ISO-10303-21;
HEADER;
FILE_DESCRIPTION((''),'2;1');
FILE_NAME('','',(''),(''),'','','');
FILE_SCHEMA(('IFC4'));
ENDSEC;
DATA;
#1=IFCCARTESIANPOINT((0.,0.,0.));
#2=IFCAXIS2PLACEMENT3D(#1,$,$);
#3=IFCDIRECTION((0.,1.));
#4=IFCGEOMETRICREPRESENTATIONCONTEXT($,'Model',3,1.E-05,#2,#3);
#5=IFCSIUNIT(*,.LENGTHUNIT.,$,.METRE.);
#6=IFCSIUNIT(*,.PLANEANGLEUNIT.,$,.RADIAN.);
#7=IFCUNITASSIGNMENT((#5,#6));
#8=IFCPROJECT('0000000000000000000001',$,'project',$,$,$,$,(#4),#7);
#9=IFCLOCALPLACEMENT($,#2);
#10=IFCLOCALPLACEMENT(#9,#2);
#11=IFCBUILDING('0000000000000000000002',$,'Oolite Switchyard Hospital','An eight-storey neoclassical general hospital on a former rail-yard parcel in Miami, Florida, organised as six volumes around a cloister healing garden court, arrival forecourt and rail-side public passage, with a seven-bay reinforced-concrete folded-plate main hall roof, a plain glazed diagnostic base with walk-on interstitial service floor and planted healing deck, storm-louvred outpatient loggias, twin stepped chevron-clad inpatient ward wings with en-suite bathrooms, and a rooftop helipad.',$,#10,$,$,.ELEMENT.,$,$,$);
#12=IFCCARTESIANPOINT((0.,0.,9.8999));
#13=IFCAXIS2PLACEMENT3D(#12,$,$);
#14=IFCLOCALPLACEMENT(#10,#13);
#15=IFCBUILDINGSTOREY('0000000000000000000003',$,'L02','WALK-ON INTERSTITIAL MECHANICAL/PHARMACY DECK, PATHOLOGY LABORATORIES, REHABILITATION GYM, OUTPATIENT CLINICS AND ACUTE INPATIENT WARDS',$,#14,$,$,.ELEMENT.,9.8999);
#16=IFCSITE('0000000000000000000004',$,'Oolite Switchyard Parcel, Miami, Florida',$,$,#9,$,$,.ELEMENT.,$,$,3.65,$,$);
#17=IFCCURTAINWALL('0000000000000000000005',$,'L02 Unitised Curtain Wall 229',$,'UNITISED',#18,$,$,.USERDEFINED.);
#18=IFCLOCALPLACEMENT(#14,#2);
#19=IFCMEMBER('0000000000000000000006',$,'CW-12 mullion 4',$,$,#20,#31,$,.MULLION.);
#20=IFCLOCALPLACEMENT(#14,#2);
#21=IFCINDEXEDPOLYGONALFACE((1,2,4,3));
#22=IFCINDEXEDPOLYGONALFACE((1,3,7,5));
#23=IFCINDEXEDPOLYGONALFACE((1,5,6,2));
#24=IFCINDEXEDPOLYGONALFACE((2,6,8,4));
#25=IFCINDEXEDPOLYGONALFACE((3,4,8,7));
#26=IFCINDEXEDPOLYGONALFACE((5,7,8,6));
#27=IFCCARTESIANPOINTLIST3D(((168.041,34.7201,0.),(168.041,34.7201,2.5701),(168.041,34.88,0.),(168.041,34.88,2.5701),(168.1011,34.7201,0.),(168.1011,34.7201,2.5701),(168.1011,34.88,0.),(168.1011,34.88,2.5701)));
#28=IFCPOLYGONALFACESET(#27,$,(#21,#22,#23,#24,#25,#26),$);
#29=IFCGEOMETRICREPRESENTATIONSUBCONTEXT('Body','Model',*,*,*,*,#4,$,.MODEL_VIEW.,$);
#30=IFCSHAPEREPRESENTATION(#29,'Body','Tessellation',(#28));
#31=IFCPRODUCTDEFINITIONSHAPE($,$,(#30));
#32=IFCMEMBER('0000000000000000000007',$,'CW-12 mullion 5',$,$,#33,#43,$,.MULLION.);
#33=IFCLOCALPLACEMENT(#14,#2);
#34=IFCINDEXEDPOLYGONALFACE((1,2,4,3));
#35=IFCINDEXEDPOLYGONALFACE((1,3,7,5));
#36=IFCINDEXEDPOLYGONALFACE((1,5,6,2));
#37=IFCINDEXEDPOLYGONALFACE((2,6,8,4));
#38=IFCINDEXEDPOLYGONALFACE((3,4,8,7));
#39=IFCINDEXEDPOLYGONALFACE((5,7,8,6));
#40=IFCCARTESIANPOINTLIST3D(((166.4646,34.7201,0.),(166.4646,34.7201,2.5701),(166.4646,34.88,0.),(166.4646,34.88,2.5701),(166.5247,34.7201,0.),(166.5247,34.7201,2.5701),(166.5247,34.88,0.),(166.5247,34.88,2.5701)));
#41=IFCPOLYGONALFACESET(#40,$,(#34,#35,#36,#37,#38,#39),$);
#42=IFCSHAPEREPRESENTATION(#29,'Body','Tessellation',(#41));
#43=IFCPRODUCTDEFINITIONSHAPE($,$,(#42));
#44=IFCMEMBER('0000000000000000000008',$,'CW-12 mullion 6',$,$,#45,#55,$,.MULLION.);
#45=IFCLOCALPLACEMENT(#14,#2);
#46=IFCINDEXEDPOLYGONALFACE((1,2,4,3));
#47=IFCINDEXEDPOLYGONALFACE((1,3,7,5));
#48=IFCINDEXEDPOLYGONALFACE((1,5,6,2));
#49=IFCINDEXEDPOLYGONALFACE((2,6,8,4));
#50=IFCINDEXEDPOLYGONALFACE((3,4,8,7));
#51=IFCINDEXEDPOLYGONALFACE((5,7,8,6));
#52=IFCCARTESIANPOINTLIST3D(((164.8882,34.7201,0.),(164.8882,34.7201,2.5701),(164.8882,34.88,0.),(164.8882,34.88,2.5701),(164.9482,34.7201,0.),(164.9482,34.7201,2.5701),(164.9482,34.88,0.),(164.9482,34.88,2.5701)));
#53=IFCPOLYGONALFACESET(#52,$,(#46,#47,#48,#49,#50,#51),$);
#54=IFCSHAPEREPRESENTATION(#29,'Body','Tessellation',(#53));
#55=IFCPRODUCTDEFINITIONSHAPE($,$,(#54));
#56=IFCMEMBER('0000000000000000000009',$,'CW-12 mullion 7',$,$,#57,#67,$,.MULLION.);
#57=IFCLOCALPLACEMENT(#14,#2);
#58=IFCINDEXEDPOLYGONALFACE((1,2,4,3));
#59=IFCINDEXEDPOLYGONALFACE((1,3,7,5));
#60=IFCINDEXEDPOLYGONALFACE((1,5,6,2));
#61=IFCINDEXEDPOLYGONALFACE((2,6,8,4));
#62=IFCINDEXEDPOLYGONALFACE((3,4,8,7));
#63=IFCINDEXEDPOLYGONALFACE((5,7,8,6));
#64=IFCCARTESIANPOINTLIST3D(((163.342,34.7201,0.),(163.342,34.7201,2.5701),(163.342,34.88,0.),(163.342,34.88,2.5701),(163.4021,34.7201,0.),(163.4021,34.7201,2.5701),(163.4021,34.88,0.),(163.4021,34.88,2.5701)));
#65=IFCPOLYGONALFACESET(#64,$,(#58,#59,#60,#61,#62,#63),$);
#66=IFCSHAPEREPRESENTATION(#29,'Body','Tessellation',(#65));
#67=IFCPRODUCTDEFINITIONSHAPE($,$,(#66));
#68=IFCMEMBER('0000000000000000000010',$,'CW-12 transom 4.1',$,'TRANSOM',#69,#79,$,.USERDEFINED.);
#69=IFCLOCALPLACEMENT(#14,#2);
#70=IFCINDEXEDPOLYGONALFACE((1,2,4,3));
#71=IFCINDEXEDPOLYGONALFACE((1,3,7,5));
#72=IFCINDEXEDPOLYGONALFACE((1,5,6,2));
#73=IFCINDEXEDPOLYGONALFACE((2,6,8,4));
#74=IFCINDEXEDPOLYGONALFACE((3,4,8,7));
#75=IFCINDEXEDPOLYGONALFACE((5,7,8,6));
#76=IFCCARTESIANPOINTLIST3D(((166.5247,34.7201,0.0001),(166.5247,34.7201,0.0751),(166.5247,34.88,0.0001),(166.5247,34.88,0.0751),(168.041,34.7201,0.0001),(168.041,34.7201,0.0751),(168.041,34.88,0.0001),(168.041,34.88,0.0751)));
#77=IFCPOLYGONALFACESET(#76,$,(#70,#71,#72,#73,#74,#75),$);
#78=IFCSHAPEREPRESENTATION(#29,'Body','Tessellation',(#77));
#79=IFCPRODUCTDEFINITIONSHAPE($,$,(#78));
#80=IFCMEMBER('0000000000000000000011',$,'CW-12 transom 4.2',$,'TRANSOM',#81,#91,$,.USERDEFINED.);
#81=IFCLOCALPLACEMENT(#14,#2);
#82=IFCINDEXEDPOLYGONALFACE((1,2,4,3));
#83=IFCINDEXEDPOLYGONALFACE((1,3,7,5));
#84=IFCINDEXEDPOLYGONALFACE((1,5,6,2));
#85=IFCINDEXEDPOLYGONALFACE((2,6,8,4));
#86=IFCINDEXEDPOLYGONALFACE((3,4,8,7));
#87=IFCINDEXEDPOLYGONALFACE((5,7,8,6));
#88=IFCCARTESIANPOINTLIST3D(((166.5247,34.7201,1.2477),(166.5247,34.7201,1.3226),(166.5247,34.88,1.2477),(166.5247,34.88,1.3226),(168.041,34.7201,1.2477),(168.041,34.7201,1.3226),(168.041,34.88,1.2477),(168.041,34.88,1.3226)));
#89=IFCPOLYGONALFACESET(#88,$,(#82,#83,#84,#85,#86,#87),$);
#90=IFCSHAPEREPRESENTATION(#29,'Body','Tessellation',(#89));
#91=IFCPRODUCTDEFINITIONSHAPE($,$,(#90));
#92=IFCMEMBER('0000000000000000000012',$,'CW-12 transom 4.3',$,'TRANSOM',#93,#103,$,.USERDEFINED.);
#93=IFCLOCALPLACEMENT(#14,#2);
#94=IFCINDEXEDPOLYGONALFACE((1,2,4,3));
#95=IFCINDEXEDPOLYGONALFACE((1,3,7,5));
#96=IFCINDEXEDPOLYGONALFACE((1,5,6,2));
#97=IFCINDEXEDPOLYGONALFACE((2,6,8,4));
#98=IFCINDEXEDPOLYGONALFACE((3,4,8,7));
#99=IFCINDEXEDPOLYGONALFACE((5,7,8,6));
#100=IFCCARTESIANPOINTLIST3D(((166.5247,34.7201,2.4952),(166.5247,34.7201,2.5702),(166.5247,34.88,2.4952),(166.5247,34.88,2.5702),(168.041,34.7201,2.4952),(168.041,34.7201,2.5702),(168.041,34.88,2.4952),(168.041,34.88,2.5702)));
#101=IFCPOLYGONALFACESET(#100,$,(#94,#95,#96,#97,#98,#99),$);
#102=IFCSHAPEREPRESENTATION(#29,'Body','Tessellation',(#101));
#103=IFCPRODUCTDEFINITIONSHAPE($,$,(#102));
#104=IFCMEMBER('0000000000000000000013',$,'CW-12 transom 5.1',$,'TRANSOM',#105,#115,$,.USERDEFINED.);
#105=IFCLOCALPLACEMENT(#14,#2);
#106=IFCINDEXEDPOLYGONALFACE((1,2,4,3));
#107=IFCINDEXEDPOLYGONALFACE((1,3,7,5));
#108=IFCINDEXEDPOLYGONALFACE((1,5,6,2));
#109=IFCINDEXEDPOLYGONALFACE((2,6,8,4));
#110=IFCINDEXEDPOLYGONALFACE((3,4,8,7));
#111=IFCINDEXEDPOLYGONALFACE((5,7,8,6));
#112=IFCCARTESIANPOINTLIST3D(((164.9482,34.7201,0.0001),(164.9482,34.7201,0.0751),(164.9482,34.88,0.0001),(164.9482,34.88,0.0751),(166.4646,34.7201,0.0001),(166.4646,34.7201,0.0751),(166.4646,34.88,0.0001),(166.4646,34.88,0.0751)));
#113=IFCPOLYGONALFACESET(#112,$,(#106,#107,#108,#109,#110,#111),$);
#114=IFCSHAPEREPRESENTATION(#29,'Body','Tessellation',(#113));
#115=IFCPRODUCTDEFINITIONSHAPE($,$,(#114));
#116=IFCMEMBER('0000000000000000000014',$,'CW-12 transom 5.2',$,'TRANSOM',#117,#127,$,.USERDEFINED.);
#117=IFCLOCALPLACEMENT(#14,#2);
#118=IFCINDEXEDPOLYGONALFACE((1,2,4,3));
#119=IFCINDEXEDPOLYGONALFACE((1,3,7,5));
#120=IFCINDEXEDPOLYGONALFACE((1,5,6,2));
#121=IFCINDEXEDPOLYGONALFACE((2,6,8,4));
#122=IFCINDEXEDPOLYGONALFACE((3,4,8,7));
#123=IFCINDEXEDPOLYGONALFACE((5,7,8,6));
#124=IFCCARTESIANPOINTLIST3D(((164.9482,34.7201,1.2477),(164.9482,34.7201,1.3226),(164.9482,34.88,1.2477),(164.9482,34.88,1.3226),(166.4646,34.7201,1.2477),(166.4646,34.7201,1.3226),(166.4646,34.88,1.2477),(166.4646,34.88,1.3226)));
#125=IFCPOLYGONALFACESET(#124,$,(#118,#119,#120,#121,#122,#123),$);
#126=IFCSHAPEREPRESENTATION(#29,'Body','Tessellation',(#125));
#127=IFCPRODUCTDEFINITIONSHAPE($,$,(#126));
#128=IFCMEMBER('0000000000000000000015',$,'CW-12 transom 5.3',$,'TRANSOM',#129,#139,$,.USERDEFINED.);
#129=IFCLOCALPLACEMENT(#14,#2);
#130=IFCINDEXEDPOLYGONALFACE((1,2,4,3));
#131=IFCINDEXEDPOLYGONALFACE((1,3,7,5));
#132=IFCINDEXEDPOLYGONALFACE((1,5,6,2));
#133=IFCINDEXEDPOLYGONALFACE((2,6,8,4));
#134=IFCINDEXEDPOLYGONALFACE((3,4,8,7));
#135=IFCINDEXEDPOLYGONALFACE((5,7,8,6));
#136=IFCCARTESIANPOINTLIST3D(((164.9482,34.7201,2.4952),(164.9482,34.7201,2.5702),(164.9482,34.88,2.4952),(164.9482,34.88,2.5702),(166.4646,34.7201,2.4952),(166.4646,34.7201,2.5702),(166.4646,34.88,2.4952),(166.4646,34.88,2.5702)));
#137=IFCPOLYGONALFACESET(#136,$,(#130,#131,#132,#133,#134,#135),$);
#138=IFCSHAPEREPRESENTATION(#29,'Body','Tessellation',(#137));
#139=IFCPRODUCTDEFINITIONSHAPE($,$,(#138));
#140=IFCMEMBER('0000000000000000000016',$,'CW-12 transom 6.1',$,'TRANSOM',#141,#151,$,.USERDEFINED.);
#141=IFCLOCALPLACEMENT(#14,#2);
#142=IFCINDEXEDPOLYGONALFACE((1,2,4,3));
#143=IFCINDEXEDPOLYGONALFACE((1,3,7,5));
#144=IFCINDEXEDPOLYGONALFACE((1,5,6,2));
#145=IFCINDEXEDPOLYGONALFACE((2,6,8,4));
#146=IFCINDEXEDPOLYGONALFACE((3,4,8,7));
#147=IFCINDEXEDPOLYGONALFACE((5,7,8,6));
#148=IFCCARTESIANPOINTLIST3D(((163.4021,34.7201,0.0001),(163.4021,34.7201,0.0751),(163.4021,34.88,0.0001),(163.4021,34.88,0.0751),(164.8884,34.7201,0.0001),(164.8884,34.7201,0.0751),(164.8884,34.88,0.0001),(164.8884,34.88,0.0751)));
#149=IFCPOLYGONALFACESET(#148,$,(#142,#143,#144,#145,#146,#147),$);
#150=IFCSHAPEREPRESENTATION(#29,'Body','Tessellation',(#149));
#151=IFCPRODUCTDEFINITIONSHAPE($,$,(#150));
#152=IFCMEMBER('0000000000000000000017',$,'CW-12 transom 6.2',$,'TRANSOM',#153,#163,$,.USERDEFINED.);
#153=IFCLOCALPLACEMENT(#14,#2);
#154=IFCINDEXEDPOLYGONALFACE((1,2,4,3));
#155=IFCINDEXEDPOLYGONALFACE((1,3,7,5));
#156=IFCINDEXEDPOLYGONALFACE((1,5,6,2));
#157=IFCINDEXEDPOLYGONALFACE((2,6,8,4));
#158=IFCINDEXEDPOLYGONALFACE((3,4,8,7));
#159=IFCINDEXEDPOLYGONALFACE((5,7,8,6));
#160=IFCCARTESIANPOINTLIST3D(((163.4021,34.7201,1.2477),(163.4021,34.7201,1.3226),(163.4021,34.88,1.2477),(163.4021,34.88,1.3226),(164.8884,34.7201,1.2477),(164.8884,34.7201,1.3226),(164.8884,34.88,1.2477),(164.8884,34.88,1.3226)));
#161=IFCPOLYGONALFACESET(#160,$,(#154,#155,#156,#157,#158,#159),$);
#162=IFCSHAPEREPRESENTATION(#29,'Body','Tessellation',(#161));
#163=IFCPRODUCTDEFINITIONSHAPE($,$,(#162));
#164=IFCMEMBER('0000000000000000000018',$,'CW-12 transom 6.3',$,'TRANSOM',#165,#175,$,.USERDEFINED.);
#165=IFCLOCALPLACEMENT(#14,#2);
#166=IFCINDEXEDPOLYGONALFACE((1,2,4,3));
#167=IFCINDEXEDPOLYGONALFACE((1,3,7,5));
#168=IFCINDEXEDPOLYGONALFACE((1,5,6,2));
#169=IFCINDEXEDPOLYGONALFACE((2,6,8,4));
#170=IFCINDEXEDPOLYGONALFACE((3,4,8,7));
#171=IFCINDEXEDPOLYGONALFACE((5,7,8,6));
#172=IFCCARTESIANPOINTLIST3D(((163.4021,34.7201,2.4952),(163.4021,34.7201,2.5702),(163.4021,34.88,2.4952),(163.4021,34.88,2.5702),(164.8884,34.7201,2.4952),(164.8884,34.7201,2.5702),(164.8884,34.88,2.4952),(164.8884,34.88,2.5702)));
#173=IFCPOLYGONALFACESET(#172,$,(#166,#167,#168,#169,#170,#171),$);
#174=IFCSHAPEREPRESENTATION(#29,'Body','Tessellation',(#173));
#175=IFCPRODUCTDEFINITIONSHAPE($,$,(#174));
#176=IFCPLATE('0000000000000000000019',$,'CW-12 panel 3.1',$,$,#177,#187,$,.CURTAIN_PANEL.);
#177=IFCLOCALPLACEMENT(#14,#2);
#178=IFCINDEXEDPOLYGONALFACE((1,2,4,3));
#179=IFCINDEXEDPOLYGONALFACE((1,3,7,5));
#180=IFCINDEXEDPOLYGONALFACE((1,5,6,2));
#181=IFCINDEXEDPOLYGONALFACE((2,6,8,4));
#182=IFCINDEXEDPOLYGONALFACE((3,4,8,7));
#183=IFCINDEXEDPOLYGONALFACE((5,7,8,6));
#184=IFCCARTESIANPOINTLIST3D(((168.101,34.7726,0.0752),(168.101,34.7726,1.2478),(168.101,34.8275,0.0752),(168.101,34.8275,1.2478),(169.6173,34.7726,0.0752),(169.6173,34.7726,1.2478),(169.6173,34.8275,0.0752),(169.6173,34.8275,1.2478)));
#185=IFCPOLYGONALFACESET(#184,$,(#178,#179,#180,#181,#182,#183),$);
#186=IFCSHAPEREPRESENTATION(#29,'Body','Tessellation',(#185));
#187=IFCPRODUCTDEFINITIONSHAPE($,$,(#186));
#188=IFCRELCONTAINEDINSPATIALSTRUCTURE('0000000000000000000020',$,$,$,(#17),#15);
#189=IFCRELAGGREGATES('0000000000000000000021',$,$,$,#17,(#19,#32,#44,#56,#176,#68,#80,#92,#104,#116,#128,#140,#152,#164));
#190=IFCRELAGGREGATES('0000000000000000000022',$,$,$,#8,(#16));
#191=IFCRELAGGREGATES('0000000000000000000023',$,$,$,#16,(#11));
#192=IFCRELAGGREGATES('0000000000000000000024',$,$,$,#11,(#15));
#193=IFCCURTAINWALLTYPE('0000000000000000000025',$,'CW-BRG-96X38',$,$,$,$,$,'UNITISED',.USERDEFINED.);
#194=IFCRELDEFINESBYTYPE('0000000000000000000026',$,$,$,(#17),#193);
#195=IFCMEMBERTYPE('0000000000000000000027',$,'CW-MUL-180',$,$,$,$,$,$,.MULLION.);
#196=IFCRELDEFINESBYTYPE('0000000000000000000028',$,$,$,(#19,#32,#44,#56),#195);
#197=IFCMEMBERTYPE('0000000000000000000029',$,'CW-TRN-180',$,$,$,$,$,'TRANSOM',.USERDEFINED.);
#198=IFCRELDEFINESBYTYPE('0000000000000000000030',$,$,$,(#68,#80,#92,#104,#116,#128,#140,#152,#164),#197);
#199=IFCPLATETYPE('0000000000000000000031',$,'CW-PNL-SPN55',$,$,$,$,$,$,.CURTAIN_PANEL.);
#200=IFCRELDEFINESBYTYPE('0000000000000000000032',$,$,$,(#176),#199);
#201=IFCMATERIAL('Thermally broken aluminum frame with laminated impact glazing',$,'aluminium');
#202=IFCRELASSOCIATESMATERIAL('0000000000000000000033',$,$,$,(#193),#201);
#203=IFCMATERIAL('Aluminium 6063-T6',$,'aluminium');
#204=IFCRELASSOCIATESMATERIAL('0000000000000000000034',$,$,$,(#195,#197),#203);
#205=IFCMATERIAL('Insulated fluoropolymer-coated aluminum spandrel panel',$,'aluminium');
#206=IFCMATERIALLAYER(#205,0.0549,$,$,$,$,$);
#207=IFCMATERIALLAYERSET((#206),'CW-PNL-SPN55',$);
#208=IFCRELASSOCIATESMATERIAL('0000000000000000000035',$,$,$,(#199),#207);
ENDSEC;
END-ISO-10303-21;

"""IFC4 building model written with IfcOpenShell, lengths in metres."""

from ifc_helpers import new_model, si_unit, direction, frame, origin, origin_2d, place, context, subcontext, project, spatial, rectangle, extrude, material, layer, layer_set, material_profile, profile_set, type_object, element, aggregate, save


model = new_model("IFC4")

# Units and contexts
model_context = context("Model", 3, precision=1e-05, world=origin(), true_north=direction((0.0, 1.0)))
body_context = subcontext(model_context, "Body", "Model", "MODEL_VIEW")
ifc_project = project(units=[si_unit("LENGTHUNIT", "METRE"), si_unit("PLANEANGLEUNIT", "RADIAN")], contexts=[model_context])

# Site, building, storey
site_placement = place(None, origin())
site = spatial("IfcSite", under=ifc_project, at=site_placement, Name="Oolite Switchyard Parcel, Miami, Florida", CompositionType="ELEMENT", RefElevation=3.65)
building_placement = place(site_placement, origin())
building = spatial("IfcBuilding", under=site, at=building_placement, Name="Oolite Switchyard Hospital", Description="An eight-storey neoclassical general hospital on a former rail-yard parcel in Miami, Florida, organised as six volumes around a cloister healing garden court, arrival forecourt and rail-side public passage, with a seven-bay reinforced-concrete folded-plate main hall roof, a plain glazed diagnostic base with walk-on interstitial service floor and planted healing deck, storm-louvred outpatient loggias, twin stepped chevron-clad inpatient ward wings with en-suite bathrooms, and a rooftop helipad.", CompositionType="ELEMENT")
storey_placement = place(building_placement, frame((0.0, 0.0, 9.8999)))
storey = spatial("IfcBuildingStorey", under=building, at=storey_placement, Name="L02", Description="WALK-ON INTERSTITIAL MECHANICAL/PHARMACY DECK, PATHOLOGY LABORATORIES, REHABILITATION GYM, OUTPATIENT CLINICS AND ACUTE INPATIENT WARDS", CompositionType="ELEMENT", Elevation=9.8999)

# Curtain wall, members, plate
ifc_material_1 = material(Name="Thermally broken aluminum frame with laminated impact glazing", Category="aluminium")
curtain_wall_type = type_object("IfcCurtainWallType", Name="CW-BRG-96X38", ElementType="UNITISED", PredefinedType="USERDEFINED", material=ifc_material_1)
curtain_wall_placement = place(storey_placement, origin())
curtain_wall = element("IfcCurtainWall", 1, at=curtain_wall_placement, inside=storey, type_object=curtain_wall_type, Name="L02 Unitised Curtain Wall 229", ObjectType="UNITISED", PredefinedType="USERDEFINED")
ifc_material_2 = material(Name="Aluminium 6063-T6", Category="aluminium")
ifc_material_profile_1 = material_profile(ifc_material_2, rectangle(XDim=0.1599, YDim=0.0601, at=origin_2d()), Name="CWM60X160")
ifc_profile_set_1 = profile_set([ifc_material_profile_1], Name="Aluminium 6063-T6")
member_type_1 = type_object("IfcMemberType", Name="CW-MUL-180", PredefinedType="MULLION", material=ifc_profile_set_1)
member_1_placement = place(storey_placement, frame((168.071, 34.8, 0.0), z_axis=(0.0, 0.0, 1.0), x_axis=(0.0, -1.0, 0.0)))
member_1 = element("IfcMember", 2, at=member_1_placement, type_object=member_type_1, Name="CW-12 mullion 4", PredefinedType="MULLION", context=body_context, shape_type="SweptSolid", body=[
    extrude(rectangle(XDim=0.1599, YDim=0.0601, at=origin_2d()), origin(), (0.0, 0.0, 1.0), 2.5701),
])
member_2_placement = place(storey_placement, frame((166.4946, 34.8, 0.0), z_axis=(0.0, 0.0, 1.0), x_axis=(0.0, -1.0, 0.0)))
member_2 = element("IfcMember", 3, at=member_2_placement, type_object=member_type_1, Name="CW-12 mullion 5", PredefinedType="MULLION", context=body_context, shape_type="SweptSolid", body=[
    extrude(rectangle(XDim=0.1599, YDim=0.0601, at=origin_2d()), origin(), (0.0, 0.0, 1.0), 2.5701),
])
member_3_placement = place(storey_placement, frame((164.9182, 34.8, 0.0), z_axis=(0.0, 0.0, 1.0), x_axis=(0.0, -1.0, 0.0)))
member_3 = element("IfcMember", 4, at=member_3_placement, type_object=member_type_1, Name="CW-12 mullion 6", PredefinedType="MULLION", context=body_context, shape_type="SweptSolid", body=[
    extrude(rectangle(XDim=0.1599, YDim=0.0601, at=origin_2d()), origin(), (0.0, 0.0, 1.0), 2.5701),
])
member_4_placement = place(storey_placement, frame((163.3721, 34.8, 0.0), z_axis=(0.0, 0.0, 1.0), x_axis=(0.0, -1.0, 0.0)))
member_4 = element("IfcMember", 5, at=member_4_placement, type_object=member_type_1, Name="CW-12 mullion 7", PredefinedType="MULLION", context=body_context, shape_type="SweptSolid", body=[
    extrude(rectangle(XDim=0.1599, YDim=0.0601, at=origin_2d()), origin(), (0.0, 0.0, 1.0), 2.5701),
])
ifc_material_profile_2 = material_profile(ifc_material_2, rectangle(XDim=0.1599, YDim=0.075, at=origin_2d()), Name="CWT75X160")
ifc_profile_set_2 = profile_set([ifc_material_profile_2], Name="Aluminium 6063-T6")
member_type_2 = type_object("IfcMemberType", Name="CW-TRN-180", ElementType="TRANSOM", PredefinedType="USERDEFINED", material=ifc_profile_set_2)
member_5_placement = place(storey_placement, frame((168.041, 34.8, 0.0376), z_axis=(-1.0, 0.0, 0.0), x_axis=(0.0, -1.0, 0.0)))
member_5 = element("IfcMember", 6, at=member_5_placement, type_object=member_type_2, Name="CW-12 transom 4.1", ObjectType="TRANSOM", PredefinedType="USERDEFINED", context=body_context, shape_type="SweptSolid", body=[
    extrude(rectangle(XDim=0.1599, YDim=0.075, at=origin_2d()), origin(), (0.0, 0.0, 1.0), 1.5164),
])
member_6_placement = place(storey_placement, frame((168.041, 34.8, 1.2852), z_axis=(-1.0, 0.0, 0.0), x_axis=(0.0, -1.0, 0.0)))
member_6 = element("IfcMember", 7, at=member_6_placement, type_object=member_type_2, Name="CW-12 transom 4.2", ObjectType="TRANSOM", PredefinedType="USERDEFINED", context=body_context, shape_type="SweptSolid", body=[
    extrude(rectangle(XDim=0.1599, YDim=0.075, at=origin_2d()), origin(), (0.0, 0.0, 1.0), 1.5164),
])
member_7_placement = place(storey_placement, frame((168.041, 34.8, 2.5327), z_axis=(-1.0, 0.0, 0.0), x_axis=(0.0, -1.0, 0.0)))
member_7 = element("IfcMember", 8, at=member_7_placement, type_object=member_type_2, Name="CW-12 transom 4.3", ObjectType="TRANSOM", PredefinedType="USERDEFINED", context=body_context, shape_type="SweptSolid", body=[
    extrude(rectangle(XDim=0.1599, YDim=0.075, at=origin_2d()), origin(), (0.0, 0.0, 1.0), 1.5164),
])
member_8_placement = place(storey_placement, frame((166.4646, 34.8, 0.0376), z_axis=(-1.0, 0.0, 0.0), x_axis=(0.0, -1.0, 0.0)))
member_8 = element("IfcMember", 9, at=member_8_placement, type_object=member_type_2, Name="CW-12 transom 5.1", ObjectType="TRANSOM", PredefinedType="USERDEFINED", context=body_context, shape_type="SweptSolid", body=[
    extrude(rectangle(XDim=0.1599, YDim=0.075, at=origin_2d()), origin(), (0.0, 0.0, 1.0), 1.5164),
])
member_9_placement = place(storey_placement, frame((166.4646, 34.8, 1.2852), z_axis=(-1.0, 0.0, 0.0), x_axis=(0.0, -1.0, 0.0)))
member_9 = element("IfcMember", 10, at=member_9_placement, type_object=member_type_2, Name="CW-12 transom 5.2", ObjectType="TRANSOM", PredefinedType="USERDEFINED", context=body_context, shape_type="SweptSolid", body=[
    extrude(rectangle(XDim=0.1599, YDim=0.075, at=origin_2d()), origin(), (0.0, 0.0, 1.0), 1.5164),
])
member_10_placement = place(storey_placement, frame((166.4646, 34.8, 2.5327), z_axis=(-1.0, 0.0, 0.0), x_axis=(0.0, -1.0, 0.0)))
member_10 = element("IfcMember", 11, at=member_10_placement, type_object=member_type_2, Name="CW-12 transom 5.3", ObjectType="TRANSOM", PredefinedType="USERDEFINED", context=body_context, shape_type="SweptSolid", body=[
    extrude(rectangle(XDim=0.1599, YDim=0.075, at=origin_2d()), origin(), (0.0, 0.0, 1.0), 1.5164),
])
member_11_placement = place(storey_placement, frame((164.8884, 34.8, 0.0376), z_axis=(-1.0, 0.0, 0.0), x_axis=(0.0, -1.0, 0.0)))
member_11 = element("IfcMember", 12, at=member_11_placement, type_object=member_type_2, Name="CW-12 transom 6.1", ObjectType="TRANSOM", PredefinedType="USERDEFINED", context=body_context, shape_type="SweptSolid", body=[
    extrude(rectangle(XDim=0.1599, YDim=0.075, at=origin_2d()), origin(), (0.0, 0.0, 1.0), 1.4863),
])
member_12_placement = place(storey_placement, frame((164.8884, 34.8, 1.2852), z_axis=(-1.0, 0.0, 0.0), x_axis=(0.0, -1.0, 0.0)))
member_12 = element("IfcMember", 13, at=member_12_placement, type_object=member_type_2, Name="CW-12 transom 6.2", ObjectType="TRANSOM", PredefinedType="USERDEFINED", context=body_context, shape_type="SweptSolid", body=[
    extrude(rectangle(XDim=0.1599, YDim=0.075, at=origin_2d()), origin(), (0.0, 0.0, 1.0), 1.4863),
])
member_13_placement = place(storey_placement, frame((164.8884, 34.8, 2.5327), z_axis=(-1.0, 0.0, 0.0), x_axis=(0.0, -1.0, 0.0)))
member_13 = element("IfcMember", 14, at=member_13_placement, type_object=member_type_2, Name="CW-12 transom 6.3", ObjectType="TRANSOM", PredefinedType="USERDEFINED", context=body_context, shape_type="SweptSolid", body=[
    extrude(rectangle(XDim=0.1599, YDim=0.075, at=origin_2d()), origin(), (0.0, 0.0, 1.0), 1.4863),
])
ifc_material_3 = material(Name="Insulated fluoropolymer-coated aluminum spandrel panel", Category="aluminium")
ifc_layer = layer(ifc_material_3, 0.0549)
ifc_layer_set = layer_set([ifc_layer], Name="CW-PNL-SPN55")
plate_type = type_object("IfcPlateType", Name="CW-PNL-SPN55", PredefinedType="CURTAIN_PANEL", material=ifc_layer_set)
plate_1_placement = place(storey_placement, frame((168.8591, 34.8, 0.0752), z_axis=(0.0, 0.0, 1.0), x_axis=(-1.0, 0.0, 0.0)))
plate_1 = element("IfcPlate", 15, at=plate_1_placement, type_object=plate_type, Name="CW-12 panel 3.1", PredefinedType="CURTAIN_PANEL", context=body_context, shape_type="SweptSolid", body=[
    extrude(rectangle(XDim=1.5164, YDim=0.0549, at=origin_2d()), origin(), (0.0, 0.0, 1.0), 1.1726),
])
aggregate(curtain_wall, [member_1, member_2, member_3, member_4, plate_1, member_5, member_6, member_7, member_8, member_9, member_10, member_11, member_12, member_13])

save(model, "model.ifc")
